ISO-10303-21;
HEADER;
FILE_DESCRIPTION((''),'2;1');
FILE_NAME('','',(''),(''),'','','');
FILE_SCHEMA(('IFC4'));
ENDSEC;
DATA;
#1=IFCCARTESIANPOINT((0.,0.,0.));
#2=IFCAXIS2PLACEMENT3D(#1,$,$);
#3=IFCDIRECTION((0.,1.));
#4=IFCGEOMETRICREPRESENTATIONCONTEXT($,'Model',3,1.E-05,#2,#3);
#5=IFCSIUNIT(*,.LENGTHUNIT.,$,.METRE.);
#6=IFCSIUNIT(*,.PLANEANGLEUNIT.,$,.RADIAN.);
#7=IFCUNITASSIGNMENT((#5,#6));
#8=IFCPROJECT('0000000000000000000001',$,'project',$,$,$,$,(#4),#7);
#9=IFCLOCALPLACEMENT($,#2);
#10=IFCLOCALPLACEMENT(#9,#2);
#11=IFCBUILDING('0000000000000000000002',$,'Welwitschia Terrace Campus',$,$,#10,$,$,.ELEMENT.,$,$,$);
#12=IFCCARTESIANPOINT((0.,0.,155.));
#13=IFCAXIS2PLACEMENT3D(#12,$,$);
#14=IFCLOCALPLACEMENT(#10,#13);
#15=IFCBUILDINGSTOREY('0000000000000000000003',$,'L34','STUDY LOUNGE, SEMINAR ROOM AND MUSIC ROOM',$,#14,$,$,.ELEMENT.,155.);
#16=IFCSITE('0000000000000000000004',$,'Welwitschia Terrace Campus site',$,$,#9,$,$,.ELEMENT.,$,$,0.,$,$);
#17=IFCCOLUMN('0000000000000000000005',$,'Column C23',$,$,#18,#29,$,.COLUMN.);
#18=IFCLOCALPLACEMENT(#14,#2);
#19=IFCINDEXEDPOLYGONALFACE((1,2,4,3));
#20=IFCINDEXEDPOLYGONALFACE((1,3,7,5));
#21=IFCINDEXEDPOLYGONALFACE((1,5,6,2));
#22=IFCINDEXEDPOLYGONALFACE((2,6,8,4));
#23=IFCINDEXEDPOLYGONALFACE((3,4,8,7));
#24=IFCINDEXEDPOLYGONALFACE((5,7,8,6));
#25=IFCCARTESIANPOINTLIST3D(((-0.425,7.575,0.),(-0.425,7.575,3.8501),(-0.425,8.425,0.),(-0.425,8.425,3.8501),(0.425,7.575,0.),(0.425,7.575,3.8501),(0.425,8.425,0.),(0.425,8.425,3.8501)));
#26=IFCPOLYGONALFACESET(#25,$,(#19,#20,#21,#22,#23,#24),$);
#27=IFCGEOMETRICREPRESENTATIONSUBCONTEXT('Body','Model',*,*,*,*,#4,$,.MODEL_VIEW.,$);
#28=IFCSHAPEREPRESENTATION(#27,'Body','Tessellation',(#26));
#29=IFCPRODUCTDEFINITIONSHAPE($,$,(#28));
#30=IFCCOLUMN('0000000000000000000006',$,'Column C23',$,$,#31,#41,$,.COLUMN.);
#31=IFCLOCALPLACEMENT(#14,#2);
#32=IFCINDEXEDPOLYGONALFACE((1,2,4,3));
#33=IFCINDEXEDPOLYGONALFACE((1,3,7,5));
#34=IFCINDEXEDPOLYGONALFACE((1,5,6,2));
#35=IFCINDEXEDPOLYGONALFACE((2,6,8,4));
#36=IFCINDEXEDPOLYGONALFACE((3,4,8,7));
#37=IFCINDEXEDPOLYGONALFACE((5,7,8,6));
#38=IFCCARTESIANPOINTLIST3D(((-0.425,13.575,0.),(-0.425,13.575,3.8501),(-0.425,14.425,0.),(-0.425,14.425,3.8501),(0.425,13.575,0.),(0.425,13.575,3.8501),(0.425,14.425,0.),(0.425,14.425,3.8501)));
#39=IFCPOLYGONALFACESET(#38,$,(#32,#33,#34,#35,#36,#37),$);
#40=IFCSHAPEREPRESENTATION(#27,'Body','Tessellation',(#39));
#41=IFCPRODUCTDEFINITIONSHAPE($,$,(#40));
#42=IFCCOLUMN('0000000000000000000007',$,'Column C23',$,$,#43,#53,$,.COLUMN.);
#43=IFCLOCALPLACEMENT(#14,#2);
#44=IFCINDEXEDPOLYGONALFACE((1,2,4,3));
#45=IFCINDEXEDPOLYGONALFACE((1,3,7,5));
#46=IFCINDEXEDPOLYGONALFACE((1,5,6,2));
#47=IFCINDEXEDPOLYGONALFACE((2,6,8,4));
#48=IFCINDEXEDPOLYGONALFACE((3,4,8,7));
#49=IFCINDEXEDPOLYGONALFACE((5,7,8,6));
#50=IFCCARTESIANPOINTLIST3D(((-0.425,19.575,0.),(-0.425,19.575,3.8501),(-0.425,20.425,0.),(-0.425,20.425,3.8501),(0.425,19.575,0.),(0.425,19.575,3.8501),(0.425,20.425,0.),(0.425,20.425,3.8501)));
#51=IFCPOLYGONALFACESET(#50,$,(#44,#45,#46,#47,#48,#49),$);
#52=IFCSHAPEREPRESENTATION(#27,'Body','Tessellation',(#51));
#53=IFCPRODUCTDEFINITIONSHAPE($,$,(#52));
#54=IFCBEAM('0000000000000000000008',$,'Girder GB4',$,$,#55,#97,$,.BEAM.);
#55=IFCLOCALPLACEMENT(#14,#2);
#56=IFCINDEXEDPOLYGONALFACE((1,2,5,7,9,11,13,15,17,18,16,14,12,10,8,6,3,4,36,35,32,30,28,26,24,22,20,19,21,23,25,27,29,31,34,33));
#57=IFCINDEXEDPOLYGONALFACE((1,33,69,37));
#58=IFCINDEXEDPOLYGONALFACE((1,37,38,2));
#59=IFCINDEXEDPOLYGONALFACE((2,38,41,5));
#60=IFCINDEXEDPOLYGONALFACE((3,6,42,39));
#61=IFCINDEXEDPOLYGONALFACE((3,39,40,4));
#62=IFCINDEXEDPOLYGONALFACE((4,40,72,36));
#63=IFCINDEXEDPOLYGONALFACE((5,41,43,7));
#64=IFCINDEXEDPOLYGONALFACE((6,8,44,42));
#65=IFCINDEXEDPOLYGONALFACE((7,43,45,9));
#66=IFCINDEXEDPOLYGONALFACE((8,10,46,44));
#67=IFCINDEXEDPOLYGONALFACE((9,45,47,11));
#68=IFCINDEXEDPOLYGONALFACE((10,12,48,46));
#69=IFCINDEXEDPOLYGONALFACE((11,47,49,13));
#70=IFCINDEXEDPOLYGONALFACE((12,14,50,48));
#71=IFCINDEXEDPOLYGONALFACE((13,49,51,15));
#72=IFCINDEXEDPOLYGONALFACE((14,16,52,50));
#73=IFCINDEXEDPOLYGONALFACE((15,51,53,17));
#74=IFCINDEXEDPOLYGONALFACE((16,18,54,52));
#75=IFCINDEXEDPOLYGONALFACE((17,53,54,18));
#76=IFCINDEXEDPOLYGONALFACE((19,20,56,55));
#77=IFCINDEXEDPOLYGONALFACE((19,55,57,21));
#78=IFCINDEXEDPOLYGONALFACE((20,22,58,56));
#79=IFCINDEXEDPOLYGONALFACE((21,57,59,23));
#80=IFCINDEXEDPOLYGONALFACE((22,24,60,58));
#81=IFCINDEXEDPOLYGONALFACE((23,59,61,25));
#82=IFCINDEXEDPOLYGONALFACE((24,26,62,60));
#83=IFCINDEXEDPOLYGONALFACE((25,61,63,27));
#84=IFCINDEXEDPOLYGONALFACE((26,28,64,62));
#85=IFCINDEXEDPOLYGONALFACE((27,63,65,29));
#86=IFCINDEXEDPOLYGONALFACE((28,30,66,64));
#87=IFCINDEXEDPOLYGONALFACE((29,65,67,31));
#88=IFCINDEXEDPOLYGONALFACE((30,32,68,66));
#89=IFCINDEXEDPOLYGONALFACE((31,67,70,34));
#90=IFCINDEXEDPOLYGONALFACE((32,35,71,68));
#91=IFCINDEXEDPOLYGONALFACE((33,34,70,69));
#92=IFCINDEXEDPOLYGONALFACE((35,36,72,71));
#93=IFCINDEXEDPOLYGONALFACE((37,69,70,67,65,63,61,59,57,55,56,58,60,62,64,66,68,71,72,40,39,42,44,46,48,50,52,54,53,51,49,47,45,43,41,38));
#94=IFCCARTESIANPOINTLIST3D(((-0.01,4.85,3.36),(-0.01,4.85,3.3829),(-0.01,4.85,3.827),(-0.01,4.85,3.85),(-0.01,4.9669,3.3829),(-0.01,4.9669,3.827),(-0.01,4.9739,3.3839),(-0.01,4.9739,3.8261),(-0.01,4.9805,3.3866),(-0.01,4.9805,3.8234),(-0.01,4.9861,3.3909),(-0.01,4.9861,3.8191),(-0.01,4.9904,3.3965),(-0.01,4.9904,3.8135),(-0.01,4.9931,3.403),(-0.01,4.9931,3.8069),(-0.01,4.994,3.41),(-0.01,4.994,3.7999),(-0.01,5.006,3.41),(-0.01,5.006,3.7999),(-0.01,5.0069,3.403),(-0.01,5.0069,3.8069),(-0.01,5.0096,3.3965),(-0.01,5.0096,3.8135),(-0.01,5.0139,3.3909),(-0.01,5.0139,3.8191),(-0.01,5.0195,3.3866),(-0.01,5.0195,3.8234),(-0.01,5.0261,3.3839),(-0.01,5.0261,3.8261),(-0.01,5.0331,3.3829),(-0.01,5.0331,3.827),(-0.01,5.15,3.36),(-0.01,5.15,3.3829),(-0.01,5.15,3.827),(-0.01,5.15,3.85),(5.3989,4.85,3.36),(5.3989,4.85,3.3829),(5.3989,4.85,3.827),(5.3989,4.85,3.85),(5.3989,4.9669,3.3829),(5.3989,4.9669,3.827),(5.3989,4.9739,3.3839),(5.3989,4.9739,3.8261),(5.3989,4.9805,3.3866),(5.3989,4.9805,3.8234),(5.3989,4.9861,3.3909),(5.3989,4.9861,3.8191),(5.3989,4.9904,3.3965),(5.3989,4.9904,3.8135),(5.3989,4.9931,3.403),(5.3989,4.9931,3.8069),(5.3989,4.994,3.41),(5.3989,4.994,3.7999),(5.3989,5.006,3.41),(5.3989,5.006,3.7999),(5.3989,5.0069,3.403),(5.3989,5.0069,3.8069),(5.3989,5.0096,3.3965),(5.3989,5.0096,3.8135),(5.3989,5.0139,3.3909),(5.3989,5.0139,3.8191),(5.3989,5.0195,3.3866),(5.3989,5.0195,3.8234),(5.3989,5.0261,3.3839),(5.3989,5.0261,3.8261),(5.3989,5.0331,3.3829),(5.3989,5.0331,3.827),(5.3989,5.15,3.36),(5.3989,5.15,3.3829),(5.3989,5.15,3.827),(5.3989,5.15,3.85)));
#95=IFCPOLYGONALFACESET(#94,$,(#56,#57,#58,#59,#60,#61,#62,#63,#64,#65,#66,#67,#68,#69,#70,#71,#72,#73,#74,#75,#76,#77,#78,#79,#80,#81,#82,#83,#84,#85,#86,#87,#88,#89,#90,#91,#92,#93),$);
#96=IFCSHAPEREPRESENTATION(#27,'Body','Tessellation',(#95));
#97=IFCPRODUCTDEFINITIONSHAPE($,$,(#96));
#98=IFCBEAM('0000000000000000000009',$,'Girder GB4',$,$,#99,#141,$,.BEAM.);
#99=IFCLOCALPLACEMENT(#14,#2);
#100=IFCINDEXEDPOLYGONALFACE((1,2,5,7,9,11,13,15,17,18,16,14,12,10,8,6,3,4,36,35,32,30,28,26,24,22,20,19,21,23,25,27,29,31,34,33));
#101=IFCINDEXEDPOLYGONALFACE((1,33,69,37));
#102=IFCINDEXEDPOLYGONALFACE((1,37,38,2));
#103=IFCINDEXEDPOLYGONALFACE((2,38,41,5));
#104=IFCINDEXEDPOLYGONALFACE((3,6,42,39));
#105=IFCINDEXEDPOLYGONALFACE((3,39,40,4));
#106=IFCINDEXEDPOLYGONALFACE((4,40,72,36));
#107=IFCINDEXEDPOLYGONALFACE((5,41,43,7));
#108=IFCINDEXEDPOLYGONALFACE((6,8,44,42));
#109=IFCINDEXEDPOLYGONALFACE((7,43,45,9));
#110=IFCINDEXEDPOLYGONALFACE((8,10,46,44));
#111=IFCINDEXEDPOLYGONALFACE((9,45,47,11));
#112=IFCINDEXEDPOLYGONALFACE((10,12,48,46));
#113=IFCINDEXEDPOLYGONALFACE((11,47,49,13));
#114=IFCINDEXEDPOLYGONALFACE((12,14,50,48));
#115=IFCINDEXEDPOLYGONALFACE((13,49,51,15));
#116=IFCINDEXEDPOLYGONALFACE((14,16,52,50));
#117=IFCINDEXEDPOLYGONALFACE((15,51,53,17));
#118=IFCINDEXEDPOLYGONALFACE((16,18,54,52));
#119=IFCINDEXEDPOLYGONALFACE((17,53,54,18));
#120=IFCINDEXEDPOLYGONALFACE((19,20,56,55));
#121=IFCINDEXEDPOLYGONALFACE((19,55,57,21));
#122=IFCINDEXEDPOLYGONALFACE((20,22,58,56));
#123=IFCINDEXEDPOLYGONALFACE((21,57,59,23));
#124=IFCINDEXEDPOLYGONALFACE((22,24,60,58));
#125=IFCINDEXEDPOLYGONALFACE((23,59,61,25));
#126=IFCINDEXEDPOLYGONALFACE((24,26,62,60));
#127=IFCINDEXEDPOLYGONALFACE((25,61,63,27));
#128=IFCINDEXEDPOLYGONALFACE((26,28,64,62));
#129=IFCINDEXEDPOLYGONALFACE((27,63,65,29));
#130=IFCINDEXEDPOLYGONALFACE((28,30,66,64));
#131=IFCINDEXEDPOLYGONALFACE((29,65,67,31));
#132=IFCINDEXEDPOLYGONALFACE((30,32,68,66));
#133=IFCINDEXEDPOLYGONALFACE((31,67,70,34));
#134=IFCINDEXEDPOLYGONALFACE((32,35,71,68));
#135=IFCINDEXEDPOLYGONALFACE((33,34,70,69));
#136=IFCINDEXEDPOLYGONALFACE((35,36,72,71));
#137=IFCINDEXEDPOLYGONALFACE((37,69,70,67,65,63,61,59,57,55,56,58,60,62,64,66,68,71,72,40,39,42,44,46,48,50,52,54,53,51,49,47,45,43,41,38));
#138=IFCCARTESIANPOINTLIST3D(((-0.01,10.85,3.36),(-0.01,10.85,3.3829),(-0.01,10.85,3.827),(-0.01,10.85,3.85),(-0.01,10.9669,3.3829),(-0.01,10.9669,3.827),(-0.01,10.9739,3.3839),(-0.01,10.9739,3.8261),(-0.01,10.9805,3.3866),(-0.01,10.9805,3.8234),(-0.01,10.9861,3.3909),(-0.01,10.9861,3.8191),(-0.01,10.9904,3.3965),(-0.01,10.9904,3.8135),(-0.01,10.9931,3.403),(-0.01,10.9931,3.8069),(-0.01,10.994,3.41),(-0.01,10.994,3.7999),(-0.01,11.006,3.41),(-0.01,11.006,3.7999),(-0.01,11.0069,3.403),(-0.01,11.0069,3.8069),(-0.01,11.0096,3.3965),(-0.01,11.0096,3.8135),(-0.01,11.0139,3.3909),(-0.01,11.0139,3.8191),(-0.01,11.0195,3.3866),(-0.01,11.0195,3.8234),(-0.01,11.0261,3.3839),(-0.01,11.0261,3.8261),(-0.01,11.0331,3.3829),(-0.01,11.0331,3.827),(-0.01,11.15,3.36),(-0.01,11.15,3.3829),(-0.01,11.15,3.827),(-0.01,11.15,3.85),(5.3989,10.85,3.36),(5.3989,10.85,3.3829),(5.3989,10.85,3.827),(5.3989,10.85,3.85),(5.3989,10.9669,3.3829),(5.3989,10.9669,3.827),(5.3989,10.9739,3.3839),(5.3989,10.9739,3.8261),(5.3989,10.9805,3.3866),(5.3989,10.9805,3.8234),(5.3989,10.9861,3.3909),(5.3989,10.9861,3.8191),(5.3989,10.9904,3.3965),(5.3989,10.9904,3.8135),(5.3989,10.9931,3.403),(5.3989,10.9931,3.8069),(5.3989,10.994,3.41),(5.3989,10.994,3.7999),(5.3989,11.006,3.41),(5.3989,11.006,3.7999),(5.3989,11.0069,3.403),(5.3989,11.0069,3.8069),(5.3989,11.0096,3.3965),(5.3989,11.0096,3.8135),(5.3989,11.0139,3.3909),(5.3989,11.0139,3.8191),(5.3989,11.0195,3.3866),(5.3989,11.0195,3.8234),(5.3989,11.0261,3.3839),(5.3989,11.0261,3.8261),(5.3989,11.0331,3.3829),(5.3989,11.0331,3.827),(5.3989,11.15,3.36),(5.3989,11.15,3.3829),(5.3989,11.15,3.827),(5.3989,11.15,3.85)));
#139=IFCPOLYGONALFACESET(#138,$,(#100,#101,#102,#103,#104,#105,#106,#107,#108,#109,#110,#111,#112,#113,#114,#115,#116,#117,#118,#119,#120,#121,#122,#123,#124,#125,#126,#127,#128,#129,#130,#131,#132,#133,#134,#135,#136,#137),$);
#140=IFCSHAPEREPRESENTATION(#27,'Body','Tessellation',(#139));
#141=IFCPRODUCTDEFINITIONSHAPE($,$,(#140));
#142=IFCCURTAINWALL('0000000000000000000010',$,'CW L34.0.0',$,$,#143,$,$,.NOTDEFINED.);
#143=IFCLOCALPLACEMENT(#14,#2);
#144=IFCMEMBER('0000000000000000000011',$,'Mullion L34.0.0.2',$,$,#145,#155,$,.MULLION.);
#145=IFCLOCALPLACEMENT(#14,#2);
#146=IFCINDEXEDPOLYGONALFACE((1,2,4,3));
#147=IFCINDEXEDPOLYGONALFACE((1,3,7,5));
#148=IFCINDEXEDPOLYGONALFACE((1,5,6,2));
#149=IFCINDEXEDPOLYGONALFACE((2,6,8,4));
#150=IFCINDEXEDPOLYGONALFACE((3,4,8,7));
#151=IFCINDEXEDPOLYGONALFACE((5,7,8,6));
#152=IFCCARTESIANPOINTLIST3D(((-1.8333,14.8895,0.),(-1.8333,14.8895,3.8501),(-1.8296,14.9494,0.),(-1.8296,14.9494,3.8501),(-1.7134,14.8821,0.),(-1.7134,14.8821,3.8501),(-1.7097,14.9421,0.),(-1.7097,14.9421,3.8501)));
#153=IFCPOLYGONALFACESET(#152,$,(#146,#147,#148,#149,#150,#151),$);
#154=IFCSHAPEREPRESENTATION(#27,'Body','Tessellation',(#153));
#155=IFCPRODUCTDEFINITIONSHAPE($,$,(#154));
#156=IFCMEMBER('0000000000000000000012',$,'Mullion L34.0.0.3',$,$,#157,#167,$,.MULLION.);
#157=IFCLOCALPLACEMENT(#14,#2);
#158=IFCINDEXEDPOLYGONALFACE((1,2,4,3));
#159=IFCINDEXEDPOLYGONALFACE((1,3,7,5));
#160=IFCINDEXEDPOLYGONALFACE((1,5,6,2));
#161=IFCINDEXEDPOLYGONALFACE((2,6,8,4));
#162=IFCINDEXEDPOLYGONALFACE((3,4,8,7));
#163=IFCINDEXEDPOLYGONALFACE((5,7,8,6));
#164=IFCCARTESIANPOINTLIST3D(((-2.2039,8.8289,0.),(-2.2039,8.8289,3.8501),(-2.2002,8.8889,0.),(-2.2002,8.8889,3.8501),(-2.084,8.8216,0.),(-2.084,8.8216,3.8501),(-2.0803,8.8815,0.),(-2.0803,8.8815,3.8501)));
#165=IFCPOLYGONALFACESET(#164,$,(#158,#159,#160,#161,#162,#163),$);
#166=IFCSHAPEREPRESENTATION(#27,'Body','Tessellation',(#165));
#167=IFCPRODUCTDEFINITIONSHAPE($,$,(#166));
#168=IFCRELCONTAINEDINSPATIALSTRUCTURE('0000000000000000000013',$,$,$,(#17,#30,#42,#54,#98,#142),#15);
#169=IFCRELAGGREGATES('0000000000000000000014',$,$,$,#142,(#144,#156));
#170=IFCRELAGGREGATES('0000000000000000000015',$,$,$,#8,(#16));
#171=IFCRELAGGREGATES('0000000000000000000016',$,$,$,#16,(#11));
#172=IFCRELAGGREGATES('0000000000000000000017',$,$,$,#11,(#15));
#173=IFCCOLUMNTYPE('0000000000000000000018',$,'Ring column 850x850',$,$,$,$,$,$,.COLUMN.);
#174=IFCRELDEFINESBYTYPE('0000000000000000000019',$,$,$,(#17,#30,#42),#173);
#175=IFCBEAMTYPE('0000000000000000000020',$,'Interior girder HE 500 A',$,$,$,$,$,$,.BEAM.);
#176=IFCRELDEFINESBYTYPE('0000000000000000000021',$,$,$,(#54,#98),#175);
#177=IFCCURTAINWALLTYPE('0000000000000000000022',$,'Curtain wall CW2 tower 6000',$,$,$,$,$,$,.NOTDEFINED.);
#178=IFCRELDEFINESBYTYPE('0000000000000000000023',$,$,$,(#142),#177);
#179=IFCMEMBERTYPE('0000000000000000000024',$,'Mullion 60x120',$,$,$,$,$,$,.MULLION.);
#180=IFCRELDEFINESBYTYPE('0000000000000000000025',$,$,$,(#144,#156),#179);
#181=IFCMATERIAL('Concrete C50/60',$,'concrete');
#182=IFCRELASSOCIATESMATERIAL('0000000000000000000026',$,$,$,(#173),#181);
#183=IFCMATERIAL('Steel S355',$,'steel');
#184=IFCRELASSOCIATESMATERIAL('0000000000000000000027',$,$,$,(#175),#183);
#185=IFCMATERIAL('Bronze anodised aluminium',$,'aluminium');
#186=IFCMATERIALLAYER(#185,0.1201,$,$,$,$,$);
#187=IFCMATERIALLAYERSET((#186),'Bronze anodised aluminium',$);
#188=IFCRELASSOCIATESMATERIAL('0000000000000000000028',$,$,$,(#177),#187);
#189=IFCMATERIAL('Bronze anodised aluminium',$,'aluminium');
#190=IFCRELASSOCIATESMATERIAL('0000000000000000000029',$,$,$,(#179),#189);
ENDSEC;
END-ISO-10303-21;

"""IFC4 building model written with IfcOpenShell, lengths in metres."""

from ifc_helpers import new_model, si_unit, direction, frame, origin, origin_2d, place, context, subcontext, project, spatial, rectangle, i_section, extrude, material, layer, layer_set, material_profile, profile_set, type_object, element, aggregate, save


model = new_model("IFC4")

# Units and contexts
model_context = context("Model", 3, precision=1e-05, world=origin(), true_north=direction((0.0, 1.0)))
body_context = subcontext(model_context, "Body", "Model", "MODEL_VIEW")
ifc_project = project(units=[si_unit("LENGTHUNIT", "METRE"), si_unit("PLANEANGLEUNIT", "RADIAN")], contexts=[model_context])

# Site, building, storey
site_placement = place(None, origin())
site = spatial("IfcSite", under=ifc_project, at=site_placement, Name="Welwitschia Terrace Campus site", CompositionType="ELEMENT", RefElevation=0.0)
building_placement = place(site_placement, origin())
building = spatial("IfcBuilding", under=site, at=building_placement, Name="Welwitschia Terrace Campus", CompositionType="ELEMENT")
storey_placement = place(building_placement, frame((0.0, 0.0, 155.0)))
storey = spatial("IfcBuildingStorey", under=building, at=storey_placement, Name="L34", Description="STUDY LOUNGE, SEMINAR ROOM AND MUSIC ROOM", CompositionType="ELEMENT", Elevation=155.0)

# Columns
ifc_material_1 = material(Name="Concrete C50/60", Category="concrete")
ifc_material_profile_1 = material_profile(ifc_material_1, rectangle(XDim=0.8501, YDim=0.8501, at=origin_2d()))
ifc_profile_set_1 = profile_set([ifc_material_profile_1], Name="Concrete C50/60")
column_type = type_object("IfcColumnType", Name="Ring column 850x850", PredefinedType="COLUMN", material=ifc_profile_set_1)
for number, where, z_axis, x_axis, name in (
    (1, (0.0, 8.0, 0.0), (0.0, 0.0, 1.0), (1.0, 0.0, 0.0), "Column C23"),
    (2, (0.0, 14.0, 0.0), (0.0, 0.0, 1.0), (1.0, 0.0, 0.0), "Column C23"),
    (3, (0.0, 20.0, 0.0), (0.0, 0.0, 1.0), (1.0, 0.0, 0.0), "Column C23"),
):
    element("IfcColumn", number, at=place(storey_placement, frame(where, z_axis=z_axis, x_axis=x_axis)), inside=storey, type_object=column_type, Name=name, PredefinedType="COLUMN", context=body_context, shape_type="SweptSolid", body=[
        extrude(rectangle(XDim=0.8501, YDim=0.8501, at=origin_2d()), origin(), (0.0, 0.0, 1.0), 3.8501),
    ])

# Beams
ifc_material_2 = material(Name="Steel S355", Category="steel")
ifc_material_profile_2 = material_profile(ifc_material_2, i_section(OverallWidth=0.3, OverallDepth=0.49, WebThickness=0.012, FlangeThickness=0.0229, FilletRadius=0.0271, at=origin_2d()))
ifc_profile_set_2 = profile_set([ifc_material_profile_2], Name="Steel S355")
beam_type_1 = type_object("IfcBeamType", Name="Interior girder HE 500 A", PredefinedType="BEAM", material=ifc_profile_set_2)
for number, where, z_axis, x_axis, name in (
    (4, (-0.01, 5.0, 3.605), (1.0, 0.0, 0.0), (0.0, 1.0, 0.0), "Girder GB4"),
    (5, (-0.01, 11.0, 3.605), (1.0, 0.0, 0.0), (0.0, 1.0, 0.0), "Girder GB4"),
):
    element("IfcBeam", number, at=place(storey_placement, frame(where, z_axis=z_axis, x_axis=x_axis)), inside=storey, type_object=beam_type_1, Name=name, PredefinedType="BEAM", context=body_context, shape_type="SweptSolid", body=[
        extrude(i_section(OverallWidth=0.3, OverallDepth=0.49, WebThickness=0.012, FlangeThickness=0.0229, FilletRadius=0.0271, at=origin_2d()), origin(), (0.0, 0.0, 1.0), 5.4089),
    ])

# Curtain wall, members
ifc_material_3 = material(Name="Bronze anodised aluminium", Category="aluminium")
ifc_layer_1 = layer(ifc_material_3, 0.1201)
ifc_layer_set_1 = layer_set([ifc_layer_1], Name="Bronze anodised aluminium")
curtain_wall_type = type_object("IfcCurtainWallType", Name="Curtain wall CW2 tower 6000", PredefinedType="NOTDEFINED", material=ifc_layer_set_1)
curtain_wall_placement = place(storey_placement, origin())
curtain_wall = element("IfcCurtainWall", 6, at=curtain_wall_placement, inside=storey, type_object=curtain_wall_type, Name="CW L34.0.0", PredefinedType="NOTDEFINED")
ifc_material_4 = material(Name="Bronze anodised aluminium", Category="aluminium")
ifc_material_profile_3 = material_profile(ifc_material_4, rectangle(XDim=0.1201, YDim=0.0601, at=origin_2d()))
ifc_profile_set_3 = profile_set([ifc_material_profile_3], Name="Bronze anodised aluminium")
member_type = type_object("IfcMemberType", Name="Mullion 60x120", PredefinedType="MULLION", material=ifc_profile_set_3)
member_1_placement = place(storey_placement, frame((-1.7715, 14.9158, 0.0), z_axis=(0.0, 0.0, 1.0), x_axis=(0.998135, -0.061049, 0.0)))
member_1 = element("IfcMember", 7, at=member_1_placement, type_object=member_type, Name="Mullion L34.0.0.2", PredefinedType="MULLION", context=body_context, shape_type="SweptSolid", body=[
    extrude(rectangle(XDim=0.1201, YDim=0.0601, at=origin_2d()), origin(), (0.0, 0.0, 1.0), 3.8501),
])
member_2_placement = place(storey_placement, frame((-2.1421, 8.8552, 0.0), z_axis=(0.0, 0.0, 1.0), x_axis=(0.998135, -0.061049, 0.0)))
member_2 = element("IfcMember", 8, at=member_2_placement, type_object=member_type, Name="Mullion L34.0.0.3", PredefinedType="MULLION", context=body_context, shape_type="SweptSolid", body=[
    extrude(rectangle(XDim=0.1201, YDim=0.0601, at=origin_2d()), origin(), (0.0, 0.0, 1.0), 3.8501),
])

aggregate(curtain_wall, [member_1, member_2])

save(model, "model.ifc")
